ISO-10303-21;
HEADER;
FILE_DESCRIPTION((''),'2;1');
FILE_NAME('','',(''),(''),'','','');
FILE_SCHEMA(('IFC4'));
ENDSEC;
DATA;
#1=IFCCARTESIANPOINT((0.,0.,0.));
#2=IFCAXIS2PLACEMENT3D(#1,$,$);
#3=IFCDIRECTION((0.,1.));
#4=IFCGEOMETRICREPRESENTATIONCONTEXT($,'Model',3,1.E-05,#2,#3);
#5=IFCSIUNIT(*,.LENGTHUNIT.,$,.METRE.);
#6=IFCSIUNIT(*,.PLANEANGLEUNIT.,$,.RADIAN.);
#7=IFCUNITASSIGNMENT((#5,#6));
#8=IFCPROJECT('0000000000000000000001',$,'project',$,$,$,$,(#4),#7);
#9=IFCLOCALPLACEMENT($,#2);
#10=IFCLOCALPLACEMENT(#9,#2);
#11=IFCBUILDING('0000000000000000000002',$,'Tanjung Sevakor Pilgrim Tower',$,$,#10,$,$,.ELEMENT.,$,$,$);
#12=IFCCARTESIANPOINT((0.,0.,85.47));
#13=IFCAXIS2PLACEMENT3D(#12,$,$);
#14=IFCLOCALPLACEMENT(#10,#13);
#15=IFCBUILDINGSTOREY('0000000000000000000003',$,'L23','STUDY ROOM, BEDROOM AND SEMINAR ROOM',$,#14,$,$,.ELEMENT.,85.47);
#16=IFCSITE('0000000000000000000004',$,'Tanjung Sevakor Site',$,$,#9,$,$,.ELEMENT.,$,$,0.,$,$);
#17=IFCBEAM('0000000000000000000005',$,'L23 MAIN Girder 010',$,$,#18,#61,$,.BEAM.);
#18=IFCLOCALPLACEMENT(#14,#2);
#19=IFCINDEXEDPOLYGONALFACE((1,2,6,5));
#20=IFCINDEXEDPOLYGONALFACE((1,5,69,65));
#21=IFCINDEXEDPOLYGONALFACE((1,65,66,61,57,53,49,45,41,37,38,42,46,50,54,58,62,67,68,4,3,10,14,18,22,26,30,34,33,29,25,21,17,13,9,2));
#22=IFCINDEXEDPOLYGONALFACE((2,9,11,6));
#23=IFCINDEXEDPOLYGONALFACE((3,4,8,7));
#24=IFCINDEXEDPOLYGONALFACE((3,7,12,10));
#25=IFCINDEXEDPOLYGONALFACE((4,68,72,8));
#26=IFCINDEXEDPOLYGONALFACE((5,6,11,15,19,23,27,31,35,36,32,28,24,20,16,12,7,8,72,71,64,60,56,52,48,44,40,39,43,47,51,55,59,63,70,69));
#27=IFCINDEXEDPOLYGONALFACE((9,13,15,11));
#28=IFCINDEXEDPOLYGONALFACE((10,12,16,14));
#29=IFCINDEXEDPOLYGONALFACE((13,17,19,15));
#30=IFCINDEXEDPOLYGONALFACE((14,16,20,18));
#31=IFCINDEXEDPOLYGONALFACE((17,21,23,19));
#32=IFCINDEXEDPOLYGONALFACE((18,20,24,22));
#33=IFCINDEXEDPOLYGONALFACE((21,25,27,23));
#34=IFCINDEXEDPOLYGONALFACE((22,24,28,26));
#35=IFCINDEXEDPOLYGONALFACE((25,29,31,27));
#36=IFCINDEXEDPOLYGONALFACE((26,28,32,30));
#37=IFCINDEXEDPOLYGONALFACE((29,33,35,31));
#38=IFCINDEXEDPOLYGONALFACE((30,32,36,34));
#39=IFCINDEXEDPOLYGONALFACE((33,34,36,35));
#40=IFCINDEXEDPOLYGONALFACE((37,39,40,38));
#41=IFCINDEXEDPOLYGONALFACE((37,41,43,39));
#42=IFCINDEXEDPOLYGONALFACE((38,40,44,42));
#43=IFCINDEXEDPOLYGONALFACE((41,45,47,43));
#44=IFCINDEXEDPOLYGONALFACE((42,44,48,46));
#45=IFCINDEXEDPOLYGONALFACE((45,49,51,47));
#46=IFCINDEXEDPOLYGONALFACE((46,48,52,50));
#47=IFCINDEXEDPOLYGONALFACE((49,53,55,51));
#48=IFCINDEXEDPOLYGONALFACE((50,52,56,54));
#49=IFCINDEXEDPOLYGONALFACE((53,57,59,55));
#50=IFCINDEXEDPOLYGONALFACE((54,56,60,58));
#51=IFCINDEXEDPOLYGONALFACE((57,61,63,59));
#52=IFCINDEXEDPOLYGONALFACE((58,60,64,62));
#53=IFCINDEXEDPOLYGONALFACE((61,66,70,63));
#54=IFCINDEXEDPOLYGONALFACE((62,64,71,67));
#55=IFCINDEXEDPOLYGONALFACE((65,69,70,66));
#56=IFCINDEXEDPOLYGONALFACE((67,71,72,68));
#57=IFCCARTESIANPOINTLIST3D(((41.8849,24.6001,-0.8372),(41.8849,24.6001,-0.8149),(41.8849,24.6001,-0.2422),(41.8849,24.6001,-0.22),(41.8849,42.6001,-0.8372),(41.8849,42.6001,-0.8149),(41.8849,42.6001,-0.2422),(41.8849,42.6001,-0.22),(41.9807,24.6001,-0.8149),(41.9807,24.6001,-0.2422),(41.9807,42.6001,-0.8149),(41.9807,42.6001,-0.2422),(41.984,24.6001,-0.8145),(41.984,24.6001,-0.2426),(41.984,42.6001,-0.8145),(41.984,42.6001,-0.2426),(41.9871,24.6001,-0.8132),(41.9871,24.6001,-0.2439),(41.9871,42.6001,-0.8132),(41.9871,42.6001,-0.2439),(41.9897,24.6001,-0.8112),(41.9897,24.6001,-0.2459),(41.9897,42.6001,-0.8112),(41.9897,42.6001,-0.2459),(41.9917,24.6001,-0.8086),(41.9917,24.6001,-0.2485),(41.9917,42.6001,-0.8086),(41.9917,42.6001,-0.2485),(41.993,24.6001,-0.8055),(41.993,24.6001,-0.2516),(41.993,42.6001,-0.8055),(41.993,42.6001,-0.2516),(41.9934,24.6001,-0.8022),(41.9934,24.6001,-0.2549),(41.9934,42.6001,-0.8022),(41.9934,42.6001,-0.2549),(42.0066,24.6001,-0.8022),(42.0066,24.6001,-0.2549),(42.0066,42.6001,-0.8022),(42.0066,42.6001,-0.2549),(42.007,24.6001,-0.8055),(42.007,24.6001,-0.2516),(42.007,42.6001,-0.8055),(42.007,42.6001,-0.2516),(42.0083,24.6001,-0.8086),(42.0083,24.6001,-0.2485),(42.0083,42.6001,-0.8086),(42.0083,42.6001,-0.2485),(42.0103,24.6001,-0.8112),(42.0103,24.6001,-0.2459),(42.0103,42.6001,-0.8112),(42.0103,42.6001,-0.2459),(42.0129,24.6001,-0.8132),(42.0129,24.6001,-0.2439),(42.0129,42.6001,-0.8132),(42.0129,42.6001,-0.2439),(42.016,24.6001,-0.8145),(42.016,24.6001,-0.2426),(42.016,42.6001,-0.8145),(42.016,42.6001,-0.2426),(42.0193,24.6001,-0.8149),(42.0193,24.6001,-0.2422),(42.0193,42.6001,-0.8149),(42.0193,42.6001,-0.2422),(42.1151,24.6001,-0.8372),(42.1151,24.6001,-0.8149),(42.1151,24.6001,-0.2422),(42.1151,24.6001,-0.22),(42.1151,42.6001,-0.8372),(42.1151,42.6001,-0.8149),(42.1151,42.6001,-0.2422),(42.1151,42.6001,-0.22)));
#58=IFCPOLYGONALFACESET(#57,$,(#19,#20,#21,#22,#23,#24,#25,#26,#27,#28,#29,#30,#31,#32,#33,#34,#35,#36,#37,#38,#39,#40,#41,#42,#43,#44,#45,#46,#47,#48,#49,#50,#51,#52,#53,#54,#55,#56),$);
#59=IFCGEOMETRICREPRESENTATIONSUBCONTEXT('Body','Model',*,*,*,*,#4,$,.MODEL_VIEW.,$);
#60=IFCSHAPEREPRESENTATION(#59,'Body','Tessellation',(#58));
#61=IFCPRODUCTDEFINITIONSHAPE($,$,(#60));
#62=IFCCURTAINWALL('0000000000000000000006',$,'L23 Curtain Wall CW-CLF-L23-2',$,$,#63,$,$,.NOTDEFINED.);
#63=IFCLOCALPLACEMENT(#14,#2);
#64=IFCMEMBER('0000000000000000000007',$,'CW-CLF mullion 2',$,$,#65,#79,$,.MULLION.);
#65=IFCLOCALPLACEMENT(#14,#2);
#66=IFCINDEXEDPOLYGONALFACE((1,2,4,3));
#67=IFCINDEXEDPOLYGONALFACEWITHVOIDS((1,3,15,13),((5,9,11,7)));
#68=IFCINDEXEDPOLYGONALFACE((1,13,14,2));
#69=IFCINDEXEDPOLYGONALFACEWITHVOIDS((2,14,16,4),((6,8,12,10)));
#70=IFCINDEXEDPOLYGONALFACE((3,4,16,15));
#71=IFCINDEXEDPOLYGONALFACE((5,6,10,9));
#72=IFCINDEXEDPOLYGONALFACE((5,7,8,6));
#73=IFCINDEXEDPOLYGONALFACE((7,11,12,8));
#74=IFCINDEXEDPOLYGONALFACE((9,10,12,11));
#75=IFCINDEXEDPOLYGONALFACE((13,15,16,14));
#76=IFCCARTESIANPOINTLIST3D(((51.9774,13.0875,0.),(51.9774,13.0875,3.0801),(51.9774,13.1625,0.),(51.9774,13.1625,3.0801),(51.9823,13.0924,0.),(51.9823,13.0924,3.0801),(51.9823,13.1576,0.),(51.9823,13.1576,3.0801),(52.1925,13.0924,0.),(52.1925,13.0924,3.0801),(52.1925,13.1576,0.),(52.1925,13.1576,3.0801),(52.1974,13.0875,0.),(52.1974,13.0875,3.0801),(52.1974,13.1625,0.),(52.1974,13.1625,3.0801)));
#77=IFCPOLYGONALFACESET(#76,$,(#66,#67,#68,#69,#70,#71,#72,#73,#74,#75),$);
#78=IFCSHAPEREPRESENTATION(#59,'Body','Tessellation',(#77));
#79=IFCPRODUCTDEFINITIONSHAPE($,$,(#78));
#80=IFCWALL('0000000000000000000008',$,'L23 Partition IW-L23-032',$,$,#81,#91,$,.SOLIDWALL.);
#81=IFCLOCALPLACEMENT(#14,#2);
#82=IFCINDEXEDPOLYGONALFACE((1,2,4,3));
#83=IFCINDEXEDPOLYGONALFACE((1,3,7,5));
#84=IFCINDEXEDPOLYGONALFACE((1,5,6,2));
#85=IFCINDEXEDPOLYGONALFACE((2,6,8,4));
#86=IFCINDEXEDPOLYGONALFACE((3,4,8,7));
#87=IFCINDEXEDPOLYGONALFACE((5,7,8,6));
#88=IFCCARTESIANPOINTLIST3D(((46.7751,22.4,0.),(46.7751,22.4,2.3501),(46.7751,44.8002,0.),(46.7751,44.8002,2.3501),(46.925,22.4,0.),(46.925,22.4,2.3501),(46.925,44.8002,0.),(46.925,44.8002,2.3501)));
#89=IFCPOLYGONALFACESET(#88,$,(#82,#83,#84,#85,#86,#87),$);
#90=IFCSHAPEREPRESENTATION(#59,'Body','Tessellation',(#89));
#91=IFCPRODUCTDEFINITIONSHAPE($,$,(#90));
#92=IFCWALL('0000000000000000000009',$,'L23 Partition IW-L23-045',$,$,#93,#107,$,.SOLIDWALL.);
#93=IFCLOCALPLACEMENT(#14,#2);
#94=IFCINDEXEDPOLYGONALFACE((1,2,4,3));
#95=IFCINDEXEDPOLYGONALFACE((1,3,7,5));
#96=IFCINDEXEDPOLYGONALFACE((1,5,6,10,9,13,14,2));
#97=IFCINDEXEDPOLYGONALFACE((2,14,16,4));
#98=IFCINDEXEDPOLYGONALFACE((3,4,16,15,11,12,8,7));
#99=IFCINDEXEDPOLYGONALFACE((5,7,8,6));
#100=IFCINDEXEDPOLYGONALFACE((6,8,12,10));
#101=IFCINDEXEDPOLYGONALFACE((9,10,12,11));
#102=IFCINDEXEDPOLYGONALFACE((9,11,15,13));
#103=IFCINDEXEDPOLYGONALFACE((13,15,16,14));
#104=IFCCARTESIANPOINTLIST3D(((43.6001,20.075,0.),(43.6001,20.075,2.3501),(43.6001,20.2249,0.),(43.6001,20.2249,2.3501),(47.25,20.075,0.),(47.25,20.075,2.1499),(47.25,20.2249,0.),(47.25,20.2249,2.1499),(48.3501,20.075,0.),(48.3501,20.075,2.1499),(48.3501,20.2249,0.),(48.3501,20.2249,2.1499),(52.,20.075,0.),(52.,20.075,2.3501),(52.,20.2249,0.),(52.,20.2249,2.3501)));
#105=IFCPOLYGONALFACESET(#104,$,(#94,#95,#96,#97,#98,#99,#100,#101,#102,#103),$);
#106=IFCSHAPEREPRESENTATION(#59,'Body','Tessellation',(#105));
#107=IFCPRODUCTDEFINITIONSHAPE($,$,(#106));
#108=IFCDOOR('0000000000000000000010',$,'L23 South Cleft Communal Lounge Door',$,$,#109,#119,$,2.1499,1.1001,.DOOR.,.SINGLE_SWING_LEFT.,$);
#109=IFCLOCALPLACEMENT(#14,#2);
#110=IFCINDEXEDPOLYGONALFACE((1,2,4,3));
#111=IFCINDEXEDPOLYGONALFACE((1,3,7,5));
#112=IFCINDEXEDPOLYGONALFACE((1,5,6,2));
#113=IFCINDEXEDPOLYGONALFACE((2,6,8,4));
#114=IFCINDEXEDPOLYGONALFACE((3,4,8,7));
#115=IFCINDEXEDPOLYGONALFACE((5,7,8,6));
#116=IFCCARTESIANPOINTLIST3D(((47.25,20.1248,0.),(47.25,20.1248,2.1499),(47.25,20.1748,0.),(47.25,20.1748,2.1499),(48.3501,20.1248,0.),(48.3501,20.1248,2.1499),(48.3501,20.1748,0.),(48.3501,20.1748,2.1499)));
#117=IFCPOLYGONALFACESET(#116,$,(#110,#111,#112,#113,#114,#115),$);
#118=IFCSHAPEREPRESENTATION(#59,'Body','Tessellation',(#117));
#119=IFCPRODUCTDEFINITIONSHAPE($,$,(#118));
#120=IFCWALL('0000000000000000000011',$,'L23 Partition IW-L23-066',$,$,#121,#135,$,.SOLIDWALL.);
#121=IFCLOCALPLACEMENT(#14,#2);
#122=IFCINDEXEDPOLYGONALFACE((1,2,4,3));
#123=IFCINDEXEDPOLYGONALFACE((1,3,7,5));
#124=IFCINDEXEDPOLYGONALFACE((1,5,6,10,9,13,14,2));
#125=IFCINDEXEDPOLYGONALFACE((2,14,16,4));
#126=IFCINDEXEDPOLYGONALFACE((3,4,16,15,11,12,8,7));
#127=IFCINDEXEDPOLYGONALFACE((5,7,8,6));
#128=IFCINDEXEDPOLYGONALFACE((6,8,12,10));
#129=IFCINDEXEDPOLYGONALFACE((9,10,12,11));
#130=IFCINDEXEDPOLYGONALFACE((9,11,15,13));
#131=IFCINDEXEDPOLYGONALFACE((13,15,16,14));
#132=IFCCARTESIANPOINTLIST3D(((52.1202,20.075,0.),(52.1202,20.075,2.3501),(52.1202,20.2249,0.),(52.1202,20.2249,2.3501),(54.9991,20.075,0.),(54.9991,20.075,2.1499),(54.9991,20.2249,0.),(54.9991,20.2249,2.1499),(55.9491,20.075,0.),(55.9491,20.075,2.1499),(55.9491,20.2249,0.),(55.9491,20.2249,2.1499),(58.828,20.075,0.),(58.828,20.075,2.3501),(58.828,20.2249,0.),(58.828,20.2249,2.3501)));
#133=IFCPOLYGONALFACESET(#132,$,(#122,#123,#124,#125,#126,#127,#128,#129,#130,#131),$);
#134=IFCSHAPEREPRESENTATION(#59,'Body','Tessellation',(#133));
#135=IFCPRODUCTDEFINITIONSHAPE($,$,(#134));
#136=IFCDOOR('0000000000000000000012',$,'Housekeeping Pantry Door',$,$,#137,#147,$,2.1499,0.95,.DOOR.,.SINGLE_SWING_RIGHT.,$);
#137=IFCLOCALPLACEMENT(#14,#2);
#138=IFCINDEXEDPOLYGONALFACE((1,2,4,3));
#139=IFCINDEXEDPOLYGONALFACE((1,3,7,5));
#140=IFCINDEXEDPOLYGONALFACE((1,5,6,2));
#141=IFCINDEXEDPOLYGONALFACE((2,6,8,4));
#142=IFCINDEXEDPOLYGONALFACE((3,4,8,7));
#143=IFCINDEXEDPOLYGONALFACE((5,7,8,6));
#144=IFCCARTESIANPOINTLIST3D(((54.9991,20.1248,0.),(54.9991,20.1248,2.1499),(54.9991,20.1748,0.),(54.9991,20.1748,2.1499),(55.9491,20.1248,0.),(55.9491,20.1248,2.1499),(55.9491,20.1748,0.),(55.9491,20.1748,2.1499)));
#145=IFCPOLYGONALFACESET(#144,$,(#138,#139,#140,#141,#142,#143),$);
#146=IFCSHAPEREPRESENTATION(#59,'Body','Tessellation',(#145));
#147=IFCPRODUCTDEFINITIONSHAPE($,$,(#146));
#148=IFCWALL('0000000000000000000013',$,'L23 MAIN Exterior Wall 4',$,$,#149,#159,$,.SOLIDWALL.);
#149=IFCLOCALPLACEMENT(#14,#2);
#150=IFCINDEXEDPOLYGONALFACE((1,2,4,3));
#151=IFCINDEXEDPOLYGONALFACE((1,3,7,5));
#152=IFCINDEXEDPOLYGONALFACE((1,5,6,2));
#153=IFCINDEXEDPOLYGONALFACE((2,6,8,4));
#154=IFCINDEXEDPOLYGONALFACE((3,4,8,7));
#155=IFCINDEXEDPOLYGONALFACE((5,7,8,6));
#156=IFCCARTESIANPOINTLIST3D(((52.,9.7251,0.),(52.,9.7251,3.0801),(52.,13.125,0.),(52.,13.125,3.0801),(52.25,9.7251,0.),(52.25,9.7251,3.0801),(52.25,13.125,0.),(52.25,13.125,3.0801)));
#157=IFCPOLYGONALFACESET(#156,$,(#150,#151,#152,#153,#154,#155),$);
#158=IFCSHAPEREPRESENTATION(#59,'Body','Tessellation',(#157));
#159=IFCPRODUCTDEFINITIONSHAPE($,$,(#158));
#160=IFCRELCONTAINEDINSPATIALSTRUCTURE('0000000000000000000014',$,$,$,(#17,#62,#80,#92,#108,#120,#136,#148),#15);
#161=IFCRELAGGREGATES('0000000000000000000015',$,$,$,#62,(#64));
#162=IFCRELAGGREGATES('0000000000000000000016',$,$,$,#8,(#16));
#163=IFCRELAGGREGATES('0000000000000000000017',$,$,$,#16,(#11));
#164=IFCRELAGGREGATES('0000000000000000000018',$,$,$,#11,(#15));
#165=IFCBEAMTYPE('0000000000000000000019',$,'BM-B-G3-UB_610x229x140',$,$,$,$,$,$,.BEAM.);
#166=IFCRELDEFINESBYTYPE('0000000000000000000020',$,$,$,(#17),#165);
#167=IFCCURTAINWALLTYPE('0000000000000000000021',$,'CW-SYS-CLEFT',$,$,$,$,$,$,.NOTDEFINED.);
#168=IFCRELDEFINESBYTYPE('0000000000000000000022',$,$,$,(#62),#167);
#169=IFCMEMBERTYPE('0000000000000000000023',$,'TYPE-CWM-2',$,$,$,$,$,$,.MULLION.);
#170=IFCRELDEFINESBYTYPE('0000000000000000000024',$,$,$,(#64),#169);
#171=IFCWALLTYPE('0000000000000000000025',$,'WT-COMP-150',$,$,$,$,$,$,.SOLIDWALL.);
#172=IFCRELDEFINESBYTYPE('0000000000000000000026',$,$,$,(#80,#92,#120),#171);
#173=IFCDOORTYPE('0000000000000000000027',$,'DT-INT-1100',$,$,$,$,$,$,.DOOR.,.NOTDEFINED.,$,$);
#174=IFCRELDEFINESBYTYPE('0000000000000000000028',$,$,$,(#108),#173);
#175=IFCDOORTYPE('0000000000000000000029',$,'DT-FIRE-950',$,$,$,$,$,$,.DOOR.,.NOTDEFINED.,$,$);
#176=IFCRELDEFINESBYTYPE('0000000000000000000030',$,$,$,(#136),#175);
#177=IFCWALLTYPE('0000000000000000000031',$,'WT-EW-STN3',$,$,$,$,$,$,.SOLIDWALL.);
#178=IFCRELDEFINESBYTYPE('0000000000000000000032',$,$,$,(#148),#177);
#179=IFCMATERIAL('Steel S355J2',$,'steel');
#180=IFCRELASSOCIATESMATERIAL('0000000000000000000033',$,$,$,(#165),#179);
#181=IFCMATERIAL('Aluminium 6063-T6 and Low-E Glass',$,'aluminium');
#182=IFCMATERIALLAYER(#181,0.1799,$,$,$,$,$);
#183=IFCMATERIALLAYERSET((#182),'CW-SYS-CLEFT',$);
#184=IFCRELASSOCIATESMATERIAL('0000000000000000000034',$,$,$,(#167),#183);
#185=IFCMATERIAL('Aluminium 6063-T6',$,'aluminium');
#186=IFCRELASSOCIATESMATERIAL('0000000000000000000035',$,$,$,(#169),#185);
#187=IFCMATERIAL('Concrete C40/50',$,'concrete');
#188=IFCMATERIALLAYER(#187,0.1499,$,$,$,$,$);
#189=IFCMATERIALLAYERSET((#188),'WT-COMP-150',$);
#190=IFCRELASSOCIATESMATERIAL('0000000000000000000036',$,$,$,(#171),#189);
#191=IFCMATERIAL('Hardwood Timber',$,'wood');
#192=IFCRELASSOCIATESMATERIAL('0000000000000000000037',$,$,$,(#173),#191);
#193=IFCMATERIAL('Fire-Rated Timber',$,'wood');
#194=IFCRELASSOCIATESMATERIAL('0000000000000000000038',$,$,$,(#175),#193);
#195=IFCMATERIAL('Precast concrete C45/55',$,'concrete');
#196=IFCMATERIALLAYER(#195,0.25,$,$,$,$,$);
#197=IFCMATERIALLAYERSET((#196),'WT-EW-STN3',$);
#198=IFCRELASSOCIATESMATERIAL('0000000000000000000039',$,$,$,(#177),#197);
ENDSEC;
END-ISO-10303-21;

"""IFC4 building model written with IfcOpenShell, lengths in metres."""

from ifc_helpers import new_model, si_unit, direction, frame, frame_2d, origin, origin_2d, place, context, subcontext, project, spatial, rectangle, hollow_rectangle, i_section, extrude, material, layer, layer_set, material_profile, profile_set, type_object, element, fill, aggregate, save


model = new_model("IFC4")

# Units and contexts
model_context = context("Model", 3, precision=1e-05, world=origin(), true_north=direction((0.0, 1.0)))
body_context = subcontext(model_context, "Body", "Model", "MODEL_VIEW")
ifc_project = project(units=[si_unit("LENGTHUNIT", "METRE"), si_unit("PLANEANGLEUNIT", "RADIAN")], contexts=[model_context])

# Site, building, storey
site_placement = place(None, origin())
site = spatial("IfcSite", under=ifc_project, at=site_placement, Name="Tanjung Sevakor Site", CompositionType="ELEMENT", RefElevation=0.0)
building_placement = place(site_placement, origin())
building = spatial("IfcBuilding", under=site, at=building_placement, Name="Tanjung Sevakor Pilgrim Tower", CompositionType="ELEMENT")
storey_placement = place(building_placement, frame((0.0, 0.0, 85.47)))
storey = spatial("IfcBuildingStorey", under=building, at=storey_placement, Name="L23", Description="STUDY ROOM, BEDROOM AND SEMINAR ROOM", CompositionType="ELEMENT", Elevation=85.47)

# Beam
ifc_material_1 = material(Name="Steel S355J2", Category="steel")
ifc_material_profile_1 = material_profile(ifc_material_1, i_section(OverallWidth=0.2302, OverallDepth=0.6172, WebThickness=0.0132, FlangeThickness=0.0222, FilletRadius=0.0127, at=origin_2d()))
ifc_profile_set_1 = profile_set([ifc_material_profile_1], Name="Steel S355J2")
beam_type_1 = type_object("IfcBeamType", Name="BM-B-G3-UB_610x229x140", PredefinedType="BEAM", material=ifc_profile_set_1)
beam_placement = place(storey_placement, frame((42.0, 24.6001, -0.5286), z_axis=(0.0, 1.0, 0.0), x_axis=(-1.0, 0.0, 0.0)))
element("IfcBeam", 1, at=beam_placement, inside=storey, type_object=beam_type_1, Name="L23 MAIN Girder 010", PredefinedType="BEAM", context=body_context, shape_type="SweptSolid", body=[
    extrude(i_section(OverallWidth=0.2302, OverallDepth=0.6172, WebThickness=0.0132, FlangeThickness=0.0222, FilletRadius=0.0127, at=origin_2d()), origin(), (0.0, 0.0, 1.0), 18.0),
])

# Curtain wall, member
ifc_material_2 = material(Name="Aluminium 6063-T6 and Low-E Glass", Category="aluminium")
ifc_layer_1 = layer(ifc_material_2, 0.1799)
ifc_layer_set_1 = layer_set([ifc_layer_1], Name="CW-SYS-CLEFT")
curtain_wall_type = type_object("IfcCurtainWallType", Name="CW-SYS-CLEFT", PredefinedType="NOTDEFINED", material=ifc_layer_set_1)
curtain_wall_placement = place(storey_placement, origin())
curtain_wall = element("IfcCurtainWall", 2, at=curtain_wall_placement, inside=storey, type_object=curtain_wall_type, Name="L23 Curtain Wall CW-CLF-L23-2", PredefinedType="NOTDEFINED")
ifc_material_3 = material(Name="Aluminium 6063-T6", Category="aluminium")
ifc_material_profile_2 = material_profile(ifc_material_3, hollow_rectangle(XDim=0.075, YDim=0.22, WallThickness=0.0049, at=origin_2d()))
ifc_profile_set_2 = profile_set([ifc_material_profile_2], Name="Aluminium 6063-T6")
member_type = type_object("IfcMemberType", Name="TYPE-CWM-2", PredefinedType="MULLION", material=ifc_profile_set_2)
member_placement = place(storey_placement, frame((52.0874, 13.125, 0.0), z_axis=(0.0, 0.0, 1.0), x_axis=(0.0, 1.0, 0.0)))
member = element("IfcMember", 3, at=member_placement, type_object=member_type, Name="CW-CLF mullion 2", PredefinedType="MULLION", context=body_context, shape_type="SweptSolid", body=[
    extrude(hollow_rectangle(XDim=0.075, YDim=0.22, WallThickness=0.0049, at=origin_2d()), origin(), (0.0, 0.0, 1.0), 3.0801),
])
aggregate(curtain_wall, [member])

# Wall
ifc_material_4 = material(Name="Concrete C40/50", Category="concrete")
ifc_layer_2 = layer(ifc_material_4, 0.1499)
ifc_layer_set_2 = layer_set([ifc_layer_2], Name="WT-COMP-150")
wall_type_1 = type_object("IfcWallType", Name="WT-COMP-150", PredefinedType="SOLIDWALL", material=ifc_layer_set_2)
wall_1_placement = place(storey_placement, frame((46.8501, 22.3999, 0.0), z_axis=(0.0, 0.0, 1.0), x_axis=(0.0, 1.0, 0.0)))
element("IfcWall", 4, at=wall_1_placement, inside=storey, type_object=wall_type_1, Name="L23 Partition IW-L23-032", PredefinedType="SOLIDWALL", context=body_context, shape_type="SweptSolid", body=[
    extrude(rectangle(XDim=22.4001, YDim=0.1499, at=frame_2d((11.2002, 0.0))), origin(), (0.0, 0.0, 1.0), 2.3501),
])

# Walls, openings, doors
wall_2_placement = place(storey_placement, frame((43.6001, 20.1499, 0.0), z_axis=(0.0, 0.0, 1.0), x_axis=(1.0, 0.0, 0.0)))
wall_2 = element("IfcWall", 5, at=wall_2_placement, inside=storey, type_object=wall_type_1, Name="L23 Partition IW-L23-045", PredefinedType="SOLIDWALL", context=body_context, shape_type="SweptSolid", body=[
    extrude(rectangle(XDim=8.3999, YDim=0.1499, at=frame_2d((4.2, 0.0))), origin(), (0.0, 0.0, 1.0), 2.3501),
])
opening_1_placement = place(wall_2_placement, frame((3.6499, 0.0, 0.0)))
opening_1 = element("IfcOpeningElement", 6, at=opening_1_placement, cuts=wall_2, PredefinedType="OPENING", context=body_context, shape_type="SweptSolid", body=[
    extrude(rectangle(XDim=1.1001, YDim=2.1499, at=frame_2d((0.55, 1.075))), frame((0.0, 0.085, 0.0), z_axis=(0.0, -1.0, 0.0), x_axis=(1.0, 0.0, 0.0)), (0.0, 0.0, 1.0), 0.1699),
])
ifc_material_5 = material(Name="Hardwood Timber", Category="wood")
door_type_1 = type_object("IfcDoorType", Name="DT-INT-1100", OperationType="NOTDEFINED", PredefinedType="DOOR", material=ifc_material_5)
door_1_placement = place(opening_1_placement, origin())
door_1 = element("IfcDoor", 7, at=door_1_placement, inside=storey, type_object=door_type_1, Name="L23 South Cleft Communal Lounge Door", OperationType="SINGLE_SWING_LEFT", OverallHeight=2.1499, OverallWidth=1.1001, PredefinedType="DOOR", context=body_context, shape_type="SweptSolid", body=[
    extrude(rectangle(XDim=1.1001, YDim=2.1499, at=frame_2d((0.55, 1.075))), frame((0.0, 0.0249, 0.0), z_axis=(0.0, -1.0, 0.0), x_axis=(1.0, 0.0, 0.0)), (0.0, 0.0, 1.0), 0.05),
])
fill(opening_1, door_1)
wall_3_placement = place(storey_placement, frame((52.1201, 20.1499, 0.0), z_axis=(0.0, 0.0, 1.0), x_axis=(1.0, 0.0, 0.0)))
wall_3 = element("IfcWall", 8, at=wall_3_placement, inside=storey, type_object=wall_type_1, Name="L23 Partition IW-L23-066", PredefinedType="SOLIDWALL", context=body_context, shape_type="SweptSolid", body=[
    extrude(rectangle(XDim=6.7078, YDim=0.1499, at=frame_2d((3.354, 0.0))), origin(), (0.0, 0.0, 1.0), 2.3501),
])
opening_2_placement = place(wall_3_placement, frame((2.8789, 0.0, 0.0)))
opening_2 = element("IfcOpeningElement", 9, at=opening_2_placement, cuts=wall_3, PredefinedType="OPENING", context=body_context, shape_type="SweptSolid", body=[
    extrude(rectangle(XDim=0.95, YDim=2.1499, at=frame_2d((0.4751, 1.075))), frame((0.0, 0.085, 0.0), z_axis=(0.0, -1.0, 0.0), x_axis=(1.0, 0.0, 0.0)), (0.0, 0.0, 1.0), 0.1699),
])
ifc_material_6 = material(Name="Fire-Rated Timber", Category="wood")
door_type_2 = type_object("IfcDoorType", Name="DT-FIRE-950", OperationType="NOTDEFINED", PredefinedType="DOOR", material=ifc_material_6)
door_2_placement = place(opening_2_placement, origin())
door_2 = element("IfcDoor", 10, at=door_2_placement, inside=storey, type_object=door_type_2, Name="Housekeeping Pantry Door", OperationType="SINGLE_SWING_RIGHT", OverallHeight=2.1499, OverallWidth=0.95, PredefinedType="DOOR", context=body_context, shape_type="SweptSolid", body=[
    extrude(rectangle(XDim=0.95, YDim=2.1499, at=frame_2d((0.4751, 1.075))), frame((0.0, 0.0249, 0.0), z_axis=(0.0, -1.0, 0.0), x_axis=(1.0, 0.0, 0.0)), (0.0, 0.0, 1.0), 0.05),
])
fill(opening_2, door_2)

# Wall
ifc_material_7 = material(Name="Precast concrete C45/55", Category="concrete")
ifc_layer_3 = layer(ifc_material_7, 0.25)
ifc_layer_set_3 = layer_set([ifc_layer_3], Name="WT-EW-STN3")
wall_type_2 = type_object("IfcWallType", Name="WT-EW-STN3", PredefinedType="SOLIDWALL", material=ifc_layer_set_3)
wall_4_placement = place(storey_placement, frame((52.125, 13.125, 0.0), z_axis=(0.0, 0.0, 1.0), x_axis=(0.0, -1.0, 0.0)))
element("IfcWall", 11, at=wall_4_placement, inside=storey, type_object=wall_type_2, Name="L23 MAIN Exterior Wall 4", PredefinedType="SOLIDWALL", context=body_context, shape_type="SweptSolid", body=[
    extrude(rectangle(XDim=3.3999, YDim=0.25, at=frame_2d((1.7, 0.0))), origin(), (0.0, 0.0, 1.0), 3.0801),
])

save(model, "model.ifc")
